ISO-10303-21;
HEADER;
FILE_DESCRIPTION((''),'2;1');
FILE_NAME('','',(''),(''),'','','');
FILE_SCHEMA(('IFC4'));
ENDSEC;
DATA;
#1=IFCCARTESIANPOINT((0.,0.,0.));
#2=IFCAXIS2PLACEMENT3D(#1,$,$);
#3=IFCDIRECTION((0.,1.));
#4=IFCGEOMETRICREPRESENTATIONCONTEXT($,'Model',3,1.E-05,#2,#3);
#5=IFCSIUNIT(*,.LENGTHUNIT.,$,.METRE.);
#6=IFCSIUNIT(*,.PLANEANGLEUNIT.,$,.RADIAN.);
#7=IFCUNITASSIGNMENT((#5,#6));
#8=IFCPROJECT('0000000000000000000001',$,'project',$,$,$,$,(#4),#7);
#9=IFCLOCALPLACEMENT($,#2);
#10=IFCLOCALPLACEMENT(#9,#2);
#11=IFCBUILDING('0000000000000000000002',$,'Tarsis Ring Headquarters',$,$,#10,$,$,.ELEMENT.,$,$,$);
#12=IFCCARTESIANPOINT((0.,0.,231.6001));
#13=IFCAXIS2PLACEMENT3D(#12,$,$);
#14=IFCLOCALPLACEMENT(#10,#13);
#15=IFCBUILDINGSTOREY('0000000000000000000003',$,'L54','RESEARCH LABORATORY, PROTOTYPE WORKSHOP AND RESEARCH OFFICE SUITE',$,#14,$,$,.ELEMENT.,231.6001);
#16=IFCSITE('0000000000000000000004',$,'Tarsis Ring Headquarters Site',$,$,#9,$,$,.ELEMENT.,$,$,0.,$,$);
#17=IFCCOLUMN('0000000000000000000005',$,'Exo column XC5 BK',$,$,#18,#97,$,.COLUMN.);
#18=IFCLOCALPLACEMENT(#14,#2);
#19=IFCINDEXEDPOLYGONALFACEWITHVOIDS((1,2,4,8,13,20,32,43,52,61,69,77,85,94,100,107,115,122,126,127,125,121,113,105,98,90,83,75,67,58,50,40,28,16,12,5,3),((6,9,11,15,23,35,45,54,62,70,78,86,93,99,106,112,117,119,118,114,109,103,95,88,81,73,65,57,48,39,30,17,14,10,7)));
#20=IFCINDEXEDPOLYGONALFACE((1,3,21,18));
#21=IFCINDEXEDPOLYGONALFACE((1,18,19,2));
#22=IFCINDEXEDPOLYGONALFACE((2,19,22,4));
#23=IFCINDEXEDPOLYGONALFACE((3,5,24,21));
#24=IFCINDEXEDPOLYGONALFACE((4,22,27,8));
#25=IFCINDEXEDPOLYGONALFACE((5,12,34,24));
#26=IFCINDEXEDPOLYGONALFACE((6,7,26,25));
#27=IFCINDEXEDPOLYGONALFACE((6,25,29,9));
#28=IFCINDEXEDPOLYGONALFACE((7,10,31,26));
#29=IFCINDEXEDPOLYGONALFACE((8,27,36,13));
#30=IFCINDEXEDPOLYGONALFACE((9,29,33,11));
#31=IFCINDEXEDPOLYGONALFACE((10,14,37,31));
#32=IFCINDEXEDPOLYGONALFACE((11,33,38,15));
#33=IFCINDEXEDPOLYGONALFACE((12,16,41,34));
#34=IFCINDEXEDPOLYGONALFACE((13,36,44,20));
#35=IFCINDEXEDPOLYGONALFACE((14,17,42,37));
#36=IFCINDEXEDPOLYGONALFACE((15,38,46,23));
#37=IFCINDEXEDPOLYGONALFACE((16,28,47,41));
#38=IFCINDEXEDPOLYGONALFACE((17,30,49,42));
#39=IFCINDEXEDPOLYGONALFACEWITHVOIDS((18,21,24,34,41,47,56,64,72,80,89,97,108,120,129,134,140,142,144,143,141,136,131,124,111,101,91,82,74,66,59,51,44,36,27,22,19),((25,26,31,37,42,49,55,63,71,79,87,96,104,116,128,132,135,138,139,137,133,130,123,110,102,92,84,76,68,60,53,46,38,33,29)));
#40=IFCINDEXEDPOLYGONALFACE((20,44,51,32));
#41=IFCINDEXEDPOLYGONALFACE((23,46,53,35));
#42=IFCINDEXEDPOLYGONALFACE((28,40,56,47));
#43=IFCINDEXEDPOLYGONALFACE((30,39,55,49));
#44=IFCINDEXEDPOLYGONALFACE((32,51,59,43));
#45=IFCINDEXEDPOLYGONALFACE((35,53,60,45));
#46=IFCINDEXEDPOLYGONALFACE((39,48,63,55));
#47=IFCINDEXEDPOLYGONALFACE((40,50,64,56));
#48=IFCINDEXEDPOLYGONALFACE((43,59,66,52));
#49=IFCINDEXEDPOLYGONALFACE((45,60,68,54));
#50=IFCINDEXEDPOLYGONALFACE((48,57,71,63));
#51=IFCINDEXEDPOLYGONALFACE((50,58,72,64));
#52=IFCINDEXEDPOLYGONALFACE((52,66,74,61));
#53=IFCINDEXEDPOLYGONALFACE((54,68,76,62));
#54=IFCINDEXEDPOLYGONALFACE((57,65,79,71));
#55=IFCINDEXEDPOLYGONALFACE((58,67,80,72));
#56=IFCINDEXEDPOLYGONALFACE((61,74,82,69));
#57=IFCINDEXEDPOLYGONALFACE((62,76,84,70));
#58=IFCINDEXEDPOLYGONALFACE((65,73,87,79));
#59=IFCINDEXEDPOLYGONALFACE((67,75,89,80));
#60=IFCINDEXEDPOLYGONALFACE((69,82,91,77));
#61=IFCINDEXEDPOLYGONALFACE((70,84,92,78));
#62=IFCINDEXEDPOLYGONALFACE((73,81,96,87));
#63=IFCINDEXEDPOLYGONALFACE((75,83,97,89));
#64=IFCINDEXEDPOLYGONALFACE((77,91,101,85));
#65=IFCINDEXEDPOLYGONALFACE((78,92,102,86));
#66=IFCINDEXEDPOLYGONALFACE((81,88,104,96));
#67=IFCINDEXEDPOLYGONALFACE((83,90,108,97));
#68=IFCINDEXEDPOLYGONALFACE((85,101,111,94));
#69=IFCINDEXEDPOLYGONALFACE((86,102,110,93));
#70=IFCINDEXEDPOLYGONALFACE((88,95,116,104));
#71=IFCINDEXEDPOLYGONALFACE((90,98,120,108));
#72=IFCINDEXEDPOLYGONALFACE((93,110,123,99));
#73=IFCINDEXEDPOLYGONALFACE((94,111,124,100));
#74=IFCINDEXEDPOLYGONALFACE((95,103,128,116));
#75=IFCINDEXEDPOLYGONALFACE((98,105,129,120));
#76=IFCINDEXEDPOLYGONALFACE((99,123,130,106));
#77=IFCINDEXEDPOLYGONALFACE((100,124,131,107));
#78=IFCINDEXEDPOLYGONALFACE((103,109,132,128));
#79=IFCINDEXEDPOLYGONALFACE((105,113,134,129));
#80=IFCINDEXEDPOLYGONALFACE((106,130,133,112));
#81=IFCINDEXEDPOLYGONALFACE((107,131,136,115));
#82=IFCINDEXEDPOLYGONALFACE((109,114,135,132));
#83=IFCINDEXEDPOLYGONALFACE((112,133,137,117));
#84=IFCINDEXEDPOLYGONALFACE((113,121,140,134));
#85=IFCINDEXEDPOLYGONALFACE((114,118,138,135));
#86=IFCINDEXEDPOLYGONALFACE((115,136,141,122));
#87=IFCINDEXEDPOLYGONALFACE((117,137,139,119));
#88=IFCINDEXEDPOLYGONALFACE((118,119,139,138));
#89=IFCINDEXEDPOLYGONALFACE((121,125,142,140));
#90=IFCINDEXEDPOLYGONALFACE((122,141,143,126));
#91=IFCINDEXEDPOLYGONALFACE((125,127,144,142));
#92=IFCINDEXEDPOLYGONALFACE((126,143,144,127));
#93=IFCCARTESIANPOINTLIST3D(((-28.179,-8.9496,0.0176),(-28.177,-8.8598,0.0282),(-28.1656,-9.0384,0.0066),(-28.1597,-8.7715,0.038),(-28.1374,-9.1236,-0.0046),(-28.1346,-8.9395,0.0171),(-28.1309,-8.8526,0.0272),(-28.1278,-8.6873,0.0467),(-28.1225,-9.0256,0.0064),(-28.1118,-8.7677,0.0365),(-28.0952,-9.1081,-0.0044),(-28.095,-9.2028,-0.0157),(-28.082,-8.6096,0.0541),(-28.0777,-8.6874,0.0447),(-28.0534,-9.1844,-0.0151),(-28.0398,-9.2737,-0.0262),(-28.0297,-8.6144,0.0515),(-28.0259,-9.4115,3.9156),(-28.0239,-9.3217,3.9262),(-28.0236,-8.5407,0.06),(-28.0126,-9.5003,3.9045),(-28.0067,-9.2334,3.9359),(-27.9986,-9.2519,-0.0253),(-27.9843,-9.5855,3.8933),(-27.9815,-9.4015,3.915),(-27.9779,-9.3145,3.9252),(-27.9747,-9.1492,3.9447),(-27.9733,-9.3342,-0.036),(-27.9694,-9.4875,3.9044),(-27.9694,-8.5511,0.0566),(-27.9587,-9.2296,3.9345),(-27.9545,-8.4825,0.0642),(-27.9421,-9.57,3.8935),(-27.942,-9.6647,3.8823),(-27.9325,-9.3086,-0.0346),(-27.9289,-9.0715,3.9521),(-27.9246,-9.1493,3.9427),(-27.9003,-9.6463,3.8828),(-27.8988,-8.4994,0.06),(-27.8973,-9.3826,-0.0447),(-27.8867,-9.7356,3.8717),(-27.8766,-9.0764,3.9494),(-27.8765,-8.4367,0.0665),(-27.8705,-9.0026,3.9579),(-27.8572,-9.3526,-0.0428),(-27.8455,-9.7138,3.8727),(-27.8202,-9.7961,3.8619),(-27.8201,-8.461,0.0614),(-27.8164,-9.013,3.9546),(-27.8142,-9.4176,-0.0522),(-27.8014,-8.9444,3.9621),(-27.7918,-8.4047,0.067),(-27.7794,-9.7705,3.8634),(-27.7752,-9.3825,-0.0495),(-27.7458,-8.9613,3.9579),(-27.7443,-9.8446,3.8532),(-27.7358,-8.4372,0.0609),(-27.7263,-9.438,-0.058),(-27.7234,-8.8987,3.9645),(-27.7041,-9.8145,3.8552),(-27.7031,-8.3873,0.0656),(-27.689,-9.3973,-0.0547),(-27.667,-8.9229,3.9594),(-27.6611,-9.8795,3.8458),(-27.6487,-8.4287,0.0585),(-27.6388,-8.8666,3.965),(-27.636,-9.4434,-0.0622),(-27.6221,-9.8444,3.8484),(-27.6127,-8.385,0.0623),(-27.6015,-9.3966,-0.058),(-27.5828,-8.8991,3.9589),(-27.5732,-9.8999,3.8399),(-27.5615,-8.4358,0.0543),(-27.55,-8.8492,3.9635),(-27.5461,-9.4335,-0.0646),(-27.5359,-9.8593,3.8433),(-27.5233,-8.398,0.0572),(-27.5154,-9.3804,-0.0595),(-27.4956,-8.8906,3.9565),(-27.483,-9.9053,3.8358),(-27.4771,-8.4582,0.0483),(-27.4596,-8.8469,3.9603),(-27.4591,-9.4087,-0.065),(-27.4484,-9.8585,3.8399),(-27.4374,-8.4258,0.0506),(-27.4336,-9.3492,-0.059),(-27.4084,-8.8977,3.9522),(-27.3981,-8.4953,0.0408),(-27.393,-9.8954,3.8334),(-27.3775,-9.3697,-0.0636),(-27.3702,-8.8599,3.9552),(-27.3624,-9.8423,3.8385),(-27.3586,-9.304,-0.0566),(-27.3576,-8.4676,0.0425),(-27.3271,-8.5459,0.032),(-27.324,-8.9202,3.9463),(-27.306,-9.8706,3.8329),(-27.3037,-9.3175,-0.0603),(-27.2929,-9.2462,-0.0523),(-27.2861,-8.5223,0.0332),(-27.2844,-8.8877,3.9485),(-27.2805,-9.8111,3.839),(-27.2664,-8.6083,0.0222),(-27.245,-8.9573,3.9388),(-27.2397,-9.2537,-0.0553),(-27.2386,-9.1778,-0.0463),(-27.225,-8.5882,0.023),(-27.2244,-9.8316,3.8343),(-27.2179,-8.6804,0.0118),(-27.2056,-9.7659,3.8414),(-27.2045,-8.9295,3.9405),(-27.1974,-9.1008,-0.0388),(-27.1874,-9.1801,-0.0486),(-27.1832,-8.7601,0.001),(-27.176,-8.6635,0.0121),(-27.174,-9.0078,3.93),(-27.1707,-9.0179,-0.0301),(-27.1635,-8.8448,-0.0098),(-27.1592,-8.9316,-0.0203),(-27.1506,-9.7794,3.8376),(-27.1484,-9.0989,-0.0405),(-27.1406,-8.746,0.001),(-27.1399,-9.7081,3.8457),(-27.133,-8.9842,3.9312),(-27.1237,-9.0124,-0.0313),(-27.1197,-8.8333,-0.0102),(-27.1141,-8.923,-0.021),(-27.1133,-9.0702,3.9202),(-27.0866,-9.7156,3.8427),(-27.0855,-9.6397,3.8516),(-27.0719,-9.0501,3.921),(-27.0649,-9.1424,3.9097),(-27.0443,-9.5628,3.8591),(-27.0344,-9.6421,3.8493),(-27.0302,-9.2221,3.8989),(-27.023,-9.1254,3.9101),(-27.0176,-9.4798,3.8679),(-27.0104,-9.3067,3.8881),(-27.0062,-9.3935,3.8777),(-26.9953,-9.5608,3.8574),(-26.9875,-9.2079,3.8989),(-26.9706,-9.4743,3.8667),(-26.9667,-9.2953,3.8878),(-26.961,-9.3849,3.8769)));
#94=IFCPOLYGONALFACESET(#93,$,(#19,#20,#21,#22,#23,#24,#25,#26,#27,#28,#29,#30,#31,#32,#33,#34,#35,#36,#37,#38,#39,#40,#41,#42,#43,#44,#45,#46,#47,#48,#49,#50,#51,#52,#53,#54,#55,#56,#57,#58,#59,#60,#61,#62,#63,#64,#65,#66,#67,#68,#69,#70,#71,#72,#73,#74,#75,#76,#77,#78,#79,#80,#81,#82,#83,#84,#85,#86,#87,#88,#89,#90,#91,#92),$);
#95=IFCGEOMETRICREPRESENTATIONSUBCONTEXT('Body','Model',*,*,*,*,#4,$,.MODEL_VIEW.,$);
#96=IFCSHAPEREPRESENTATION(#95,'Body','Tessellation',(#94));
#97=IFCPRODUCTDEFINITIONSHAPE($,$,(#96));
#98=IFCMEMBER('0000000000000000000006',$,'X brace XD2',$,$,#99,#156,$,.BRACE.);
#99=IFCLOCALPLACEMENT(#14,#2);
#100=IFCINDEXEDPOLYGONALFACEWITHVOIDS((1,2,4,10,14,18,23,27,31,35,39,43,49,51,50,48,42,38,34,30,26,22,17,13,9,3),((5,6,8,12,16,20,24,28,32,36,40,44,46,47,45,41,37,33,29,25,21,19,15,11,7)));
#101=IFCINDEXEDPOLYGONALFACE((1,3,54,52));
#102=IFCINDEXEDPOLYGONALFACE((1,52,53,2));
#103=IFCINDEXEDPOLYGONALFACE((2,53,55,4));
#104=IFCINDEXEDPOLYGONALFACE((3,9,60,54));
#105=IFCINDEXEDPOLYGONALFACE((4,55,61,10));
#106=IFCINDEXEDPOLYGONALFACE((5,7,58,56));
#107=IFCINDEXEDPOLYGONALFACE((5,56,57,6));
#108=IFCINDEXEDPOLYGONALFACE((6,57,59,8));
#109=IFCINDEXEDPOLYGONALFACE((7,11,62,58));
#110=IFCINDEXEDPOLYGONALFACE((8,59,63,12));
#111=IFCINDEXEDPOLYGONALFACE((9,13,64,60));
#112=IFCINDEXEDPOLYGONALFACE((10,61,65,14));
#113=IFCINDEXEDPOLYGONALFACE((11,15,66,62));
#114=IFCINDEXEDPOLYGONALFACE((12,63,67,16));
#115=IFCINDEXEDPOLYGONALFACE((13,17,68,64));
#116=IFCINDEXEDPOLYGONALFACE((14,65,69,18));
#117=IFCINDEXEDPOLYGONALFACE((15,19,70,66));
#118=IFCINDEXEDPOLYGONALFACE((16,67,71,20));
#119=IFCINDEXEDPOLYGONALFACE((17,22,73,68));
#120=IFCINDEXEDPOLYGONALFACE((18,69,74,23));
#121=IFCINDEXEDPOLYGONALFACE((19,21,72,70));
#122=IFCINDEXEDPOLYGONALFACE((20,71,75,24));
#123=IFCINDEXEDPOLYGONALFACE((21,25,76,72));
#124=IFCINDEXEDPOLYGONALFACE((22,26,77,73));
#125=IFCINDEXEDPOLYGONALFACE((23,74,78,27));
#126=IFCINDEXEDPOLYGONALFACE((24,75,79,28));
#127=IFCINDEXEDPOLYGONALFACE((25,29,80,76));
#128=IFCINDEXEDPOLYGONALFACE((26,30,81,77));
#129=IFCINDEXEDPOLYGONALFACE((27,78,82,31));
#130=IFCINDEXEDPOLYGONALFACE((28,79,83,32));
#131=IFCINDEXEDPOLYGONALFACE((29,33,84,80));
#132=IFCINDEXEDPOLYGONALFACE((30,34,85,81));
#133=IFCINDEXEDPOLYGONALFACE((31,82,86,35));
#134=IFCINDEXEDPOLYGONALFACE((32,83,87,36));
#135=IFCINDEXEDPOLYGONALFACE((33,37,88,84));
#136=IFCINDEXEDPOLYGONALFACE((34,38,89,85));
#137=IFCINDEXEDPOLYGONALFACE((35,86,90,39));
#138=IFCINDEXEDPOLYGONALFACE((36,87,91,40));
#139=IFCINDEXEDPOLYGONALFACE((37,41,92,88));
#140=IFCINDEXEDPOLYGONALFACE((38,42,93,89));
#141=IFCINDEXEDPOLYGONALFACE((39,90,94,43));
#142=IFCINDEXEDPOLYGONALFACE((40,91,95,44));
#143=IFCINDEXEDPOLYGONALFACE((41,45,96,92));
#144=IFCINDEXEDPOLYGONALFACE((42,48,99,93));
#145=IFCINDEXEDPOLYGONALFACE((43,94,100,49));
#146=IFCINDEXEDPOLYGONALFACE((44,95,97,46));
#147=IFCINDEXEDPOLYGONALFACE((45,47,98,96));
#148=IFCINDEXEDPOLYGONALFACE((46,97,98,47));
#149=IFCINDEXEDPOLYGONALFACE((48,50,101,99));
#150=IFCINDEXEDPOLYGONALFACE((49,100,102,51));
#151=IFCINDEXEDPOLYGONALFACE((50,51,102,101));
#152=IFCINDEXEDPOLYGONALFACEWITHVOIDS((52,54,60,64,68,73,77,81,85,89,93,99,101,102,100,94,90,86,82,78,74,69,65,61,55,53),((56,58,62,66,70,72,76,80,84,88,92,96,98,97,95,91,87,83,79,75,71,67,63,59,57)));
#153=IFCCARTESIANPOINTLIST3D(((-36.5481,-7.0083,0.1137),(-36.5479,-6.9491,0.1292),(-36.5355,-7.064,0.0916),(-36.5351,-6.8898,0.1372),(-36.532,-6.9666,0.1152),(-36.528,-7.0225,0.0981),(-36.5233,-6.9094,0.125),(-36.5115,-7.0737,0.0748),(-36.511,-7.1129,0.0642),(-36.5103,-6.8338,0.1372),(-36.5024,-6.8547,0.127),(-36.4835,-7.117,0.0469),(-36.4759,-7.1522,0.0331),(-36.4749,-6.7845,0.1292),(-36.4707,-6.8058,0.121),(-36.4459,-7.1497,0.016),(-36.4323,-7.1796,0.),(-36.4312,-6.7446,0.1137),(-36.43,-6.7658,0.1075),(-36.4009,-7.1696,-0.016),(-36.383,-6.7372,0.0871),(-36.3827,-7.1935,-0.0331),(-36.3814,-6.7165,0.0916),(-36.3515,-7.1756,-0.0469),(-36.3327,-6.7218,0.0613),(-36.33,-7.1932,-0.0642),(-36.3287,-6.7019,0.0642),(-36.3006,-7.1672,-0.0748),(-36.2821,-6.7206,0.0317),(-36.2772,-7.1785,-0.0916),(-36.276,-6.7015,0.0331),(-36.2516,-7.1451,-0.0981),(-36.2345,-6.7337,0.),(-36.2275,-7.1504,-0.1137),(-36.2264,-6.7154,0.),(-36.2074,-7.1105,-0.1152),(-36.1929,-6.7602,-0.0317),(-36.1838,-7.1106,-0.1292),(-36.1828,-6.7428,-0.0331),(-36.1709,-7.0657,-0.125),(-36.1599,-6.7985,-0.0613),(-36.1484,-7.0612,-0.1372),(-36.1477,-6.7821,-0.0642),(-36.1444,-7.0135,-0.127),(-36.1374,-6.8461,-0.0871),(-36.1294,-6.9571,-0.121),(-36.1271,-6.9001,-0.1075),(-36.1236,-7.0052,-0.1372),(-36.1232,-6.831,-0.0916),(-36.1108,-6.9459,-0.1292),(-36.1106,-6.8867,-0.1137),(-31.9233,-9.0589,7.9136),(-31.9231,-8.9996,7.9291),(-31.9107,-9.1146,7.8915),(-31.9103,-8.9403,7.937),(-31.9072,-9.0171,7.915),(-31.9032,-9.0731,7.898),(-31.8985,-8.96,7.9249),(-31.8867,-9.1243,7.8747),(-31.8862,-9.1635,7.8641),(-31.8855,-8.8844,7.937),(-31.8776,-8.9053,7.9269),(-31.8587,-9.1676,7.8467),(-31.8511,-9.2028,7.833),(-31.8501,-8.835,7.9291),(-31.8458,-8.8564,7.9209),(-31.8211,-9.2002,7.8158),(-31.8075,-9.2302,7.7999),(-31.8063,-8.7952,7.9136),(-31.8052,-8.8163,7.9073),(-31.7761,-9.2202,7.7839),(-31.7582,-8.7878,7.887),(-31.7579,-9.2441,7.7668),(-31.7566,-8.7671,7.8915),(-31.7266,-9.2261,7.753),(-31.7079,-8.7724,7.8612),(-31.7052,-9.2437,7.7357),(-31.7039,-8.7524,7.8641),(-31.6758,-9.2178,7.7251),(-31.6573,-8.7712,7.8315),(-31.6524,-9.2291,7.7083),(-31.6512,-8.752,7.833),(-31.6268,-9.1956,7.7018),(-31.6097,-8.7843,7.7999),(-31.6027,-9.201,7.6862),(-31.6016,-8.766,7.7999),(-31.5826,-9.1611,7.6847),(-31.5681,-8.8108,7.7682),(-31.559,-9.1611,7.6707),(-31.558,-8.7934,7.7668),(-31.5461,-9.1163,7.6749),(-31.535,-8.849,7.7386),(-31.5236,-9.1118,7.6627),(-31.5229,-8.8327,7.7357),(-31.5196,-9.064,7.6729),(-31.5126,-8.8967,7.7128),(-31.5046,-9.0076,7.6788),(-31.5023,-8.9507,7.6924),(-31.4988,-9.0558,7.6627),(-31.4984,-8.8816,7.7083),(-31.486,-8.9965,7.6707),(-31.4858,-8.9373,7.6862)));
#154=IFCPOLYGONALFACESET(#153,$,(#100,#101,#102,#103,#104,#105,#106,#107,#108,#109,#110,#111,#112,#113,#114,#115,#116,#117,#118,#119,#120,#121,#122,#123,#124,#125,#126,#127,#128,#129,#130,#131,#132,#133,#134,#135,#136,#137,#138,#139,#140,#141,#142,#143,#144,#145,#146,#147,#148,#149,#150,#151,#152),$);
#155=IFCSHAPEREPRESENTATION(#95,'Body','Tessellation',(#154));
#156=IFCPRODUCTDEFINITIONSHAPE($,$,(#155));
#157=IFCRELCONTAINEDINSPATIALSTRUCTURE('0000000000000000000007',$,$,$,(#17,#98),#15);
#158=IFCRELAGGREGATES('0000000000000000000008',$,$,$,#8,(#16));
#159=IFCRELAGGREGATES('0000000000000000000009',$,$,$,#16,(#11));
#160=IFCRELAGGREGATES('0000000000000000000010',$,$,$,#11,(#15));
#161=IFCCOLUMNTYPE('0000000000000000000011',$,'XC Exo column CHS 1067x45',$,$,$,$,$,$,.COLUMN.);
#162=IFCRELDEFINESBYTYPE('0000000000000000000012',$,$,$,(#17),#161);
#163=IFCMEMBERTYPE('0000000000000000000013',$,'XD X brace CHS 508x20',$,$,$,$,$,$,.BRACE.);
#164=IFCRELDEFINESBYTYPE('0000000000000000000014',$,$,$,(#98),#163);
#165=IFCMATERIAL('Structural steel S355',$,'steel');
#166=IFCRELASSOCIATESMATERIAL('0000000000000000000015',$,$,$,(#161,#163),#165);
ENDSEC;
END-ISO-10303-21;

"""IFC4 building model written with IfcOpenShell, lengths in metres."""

from ifc_helpers import new_model, si_unit, direction, frame, origin, origin_2d, place, context, subcontext, project, spatial, hollow_circle, extrude, material, material_profile, profile_set, type_object, element, save


model = new_model("IFC4")

# Units and contexts
model_context = context("Model", 3, precision=1e-05, world=origin(), true_north=direction((0.0, 1.0)))
body_context = subcontext(model_context, "Body", "Model", "MODEL_VIEW")
ifc_project = project(units=[si_unit("LENGTHUNIT", "METRE"), si_unit("PLANEANGLEUNIT", "RADIAN")], contexts=[model_context])

# Site, building, storey
site_placement = place(None, origin())
site = spatial("IfcSite", under=ifc_project, at=site_placement, Name="Tarsis Ring Headquarters Site", CompositionType="ELEMENT", RefElevation=0.0)
building_placement = place(site_placement, origin())
building = spatial("IfcBuilding", under=site, at=building_placement, Name="Tarsis Ring Headquarters", CompositionType="ELEMENT")
storey_placement = place(building_placement, frame((0.0, 0.0, 231.6001)))
storey = spatial("IfcBuildingStorey", under=building, at=storey_placement, Name="L54", Description="RESEARCH LABORATORY, PROTOTYPE WORKSHOP AND RESEARCH OFFICE SUITE", CompositionType="ELEMENT", Elevation=231.6001)

# Column
ifc_material_1 = material(Name="Structural steel S355", Category="steel")
ifc_material_profile_1 = material_profile(ifc_material_1, hollow_circle(Radius=0.5334, WallThickness=0.0449, at=origin_2d()), Name="CHS 1067x45")
ifc_profile_set_1 = profile_set([ifc_material_profile_1], Name="Structural steel S355")
column_type = type_object("IfcColumnType", Name="XC Exo column CHS 1067x45", PredefinedType="COLUMN", material=ifc_profile_set_1)
column_1_placement = place(storey_placement, frame((-27.647, -8.9138, 0.001), z_axis=(0.038968, -0.117589, 0.992297), x_axis=(0.949234, 0.314572, 0.0)))
element("IfcColumn", 1, at=column_1_placement, inside=storey, type_object=column_type, Name="Exo column XC5 BK", PredefinedType="COLUMN", context=body_context, shape_type="SweptSolid", body=[
    extrude(hollow_circle(Radius=0.5334, WallThickness=0.0449, at=origin_2d()), origin(), (0.0, 0.0, 1.0), 3.9282),
])

# Member
ifc_material_profile_2 = material_profile(ifc_material_1, hollow_circle(Radius=0.2539, WallThickness=0.02, at=origin_2d()), Name="CHS 508x20")
ifc_profile_set_2 = profile_set([ifc_material_profile_2], Name="Structural steel S355")
member_type = type_object("IfcMemberType", Name="XD X brace CHS 508x20", PredefinedType="BRACE", material=ifc_profile_set_2)
member_1_placement = place(storey_placement, frame((-36.3293, -6.9475, 0.0), z_axis=(0.497458, -0.220564, 0.83898), x_axis=(0.405328, 0.914171, 0.0)))
element("IfcMember", 2, at=member_1_placement, inside=storey, type_object=member_type, Name="X brace XD2", PredefinedType="BRACE", context=body_context, shape_type="SweptSolid", body=[
    extrude(hollow_circle(Radius=0.2539, WallThickness=0.02, at=origin_2d()), origin(), (0.0, 0.0, 1.0), 9.2969),
])

save(model, "model.ifc")
